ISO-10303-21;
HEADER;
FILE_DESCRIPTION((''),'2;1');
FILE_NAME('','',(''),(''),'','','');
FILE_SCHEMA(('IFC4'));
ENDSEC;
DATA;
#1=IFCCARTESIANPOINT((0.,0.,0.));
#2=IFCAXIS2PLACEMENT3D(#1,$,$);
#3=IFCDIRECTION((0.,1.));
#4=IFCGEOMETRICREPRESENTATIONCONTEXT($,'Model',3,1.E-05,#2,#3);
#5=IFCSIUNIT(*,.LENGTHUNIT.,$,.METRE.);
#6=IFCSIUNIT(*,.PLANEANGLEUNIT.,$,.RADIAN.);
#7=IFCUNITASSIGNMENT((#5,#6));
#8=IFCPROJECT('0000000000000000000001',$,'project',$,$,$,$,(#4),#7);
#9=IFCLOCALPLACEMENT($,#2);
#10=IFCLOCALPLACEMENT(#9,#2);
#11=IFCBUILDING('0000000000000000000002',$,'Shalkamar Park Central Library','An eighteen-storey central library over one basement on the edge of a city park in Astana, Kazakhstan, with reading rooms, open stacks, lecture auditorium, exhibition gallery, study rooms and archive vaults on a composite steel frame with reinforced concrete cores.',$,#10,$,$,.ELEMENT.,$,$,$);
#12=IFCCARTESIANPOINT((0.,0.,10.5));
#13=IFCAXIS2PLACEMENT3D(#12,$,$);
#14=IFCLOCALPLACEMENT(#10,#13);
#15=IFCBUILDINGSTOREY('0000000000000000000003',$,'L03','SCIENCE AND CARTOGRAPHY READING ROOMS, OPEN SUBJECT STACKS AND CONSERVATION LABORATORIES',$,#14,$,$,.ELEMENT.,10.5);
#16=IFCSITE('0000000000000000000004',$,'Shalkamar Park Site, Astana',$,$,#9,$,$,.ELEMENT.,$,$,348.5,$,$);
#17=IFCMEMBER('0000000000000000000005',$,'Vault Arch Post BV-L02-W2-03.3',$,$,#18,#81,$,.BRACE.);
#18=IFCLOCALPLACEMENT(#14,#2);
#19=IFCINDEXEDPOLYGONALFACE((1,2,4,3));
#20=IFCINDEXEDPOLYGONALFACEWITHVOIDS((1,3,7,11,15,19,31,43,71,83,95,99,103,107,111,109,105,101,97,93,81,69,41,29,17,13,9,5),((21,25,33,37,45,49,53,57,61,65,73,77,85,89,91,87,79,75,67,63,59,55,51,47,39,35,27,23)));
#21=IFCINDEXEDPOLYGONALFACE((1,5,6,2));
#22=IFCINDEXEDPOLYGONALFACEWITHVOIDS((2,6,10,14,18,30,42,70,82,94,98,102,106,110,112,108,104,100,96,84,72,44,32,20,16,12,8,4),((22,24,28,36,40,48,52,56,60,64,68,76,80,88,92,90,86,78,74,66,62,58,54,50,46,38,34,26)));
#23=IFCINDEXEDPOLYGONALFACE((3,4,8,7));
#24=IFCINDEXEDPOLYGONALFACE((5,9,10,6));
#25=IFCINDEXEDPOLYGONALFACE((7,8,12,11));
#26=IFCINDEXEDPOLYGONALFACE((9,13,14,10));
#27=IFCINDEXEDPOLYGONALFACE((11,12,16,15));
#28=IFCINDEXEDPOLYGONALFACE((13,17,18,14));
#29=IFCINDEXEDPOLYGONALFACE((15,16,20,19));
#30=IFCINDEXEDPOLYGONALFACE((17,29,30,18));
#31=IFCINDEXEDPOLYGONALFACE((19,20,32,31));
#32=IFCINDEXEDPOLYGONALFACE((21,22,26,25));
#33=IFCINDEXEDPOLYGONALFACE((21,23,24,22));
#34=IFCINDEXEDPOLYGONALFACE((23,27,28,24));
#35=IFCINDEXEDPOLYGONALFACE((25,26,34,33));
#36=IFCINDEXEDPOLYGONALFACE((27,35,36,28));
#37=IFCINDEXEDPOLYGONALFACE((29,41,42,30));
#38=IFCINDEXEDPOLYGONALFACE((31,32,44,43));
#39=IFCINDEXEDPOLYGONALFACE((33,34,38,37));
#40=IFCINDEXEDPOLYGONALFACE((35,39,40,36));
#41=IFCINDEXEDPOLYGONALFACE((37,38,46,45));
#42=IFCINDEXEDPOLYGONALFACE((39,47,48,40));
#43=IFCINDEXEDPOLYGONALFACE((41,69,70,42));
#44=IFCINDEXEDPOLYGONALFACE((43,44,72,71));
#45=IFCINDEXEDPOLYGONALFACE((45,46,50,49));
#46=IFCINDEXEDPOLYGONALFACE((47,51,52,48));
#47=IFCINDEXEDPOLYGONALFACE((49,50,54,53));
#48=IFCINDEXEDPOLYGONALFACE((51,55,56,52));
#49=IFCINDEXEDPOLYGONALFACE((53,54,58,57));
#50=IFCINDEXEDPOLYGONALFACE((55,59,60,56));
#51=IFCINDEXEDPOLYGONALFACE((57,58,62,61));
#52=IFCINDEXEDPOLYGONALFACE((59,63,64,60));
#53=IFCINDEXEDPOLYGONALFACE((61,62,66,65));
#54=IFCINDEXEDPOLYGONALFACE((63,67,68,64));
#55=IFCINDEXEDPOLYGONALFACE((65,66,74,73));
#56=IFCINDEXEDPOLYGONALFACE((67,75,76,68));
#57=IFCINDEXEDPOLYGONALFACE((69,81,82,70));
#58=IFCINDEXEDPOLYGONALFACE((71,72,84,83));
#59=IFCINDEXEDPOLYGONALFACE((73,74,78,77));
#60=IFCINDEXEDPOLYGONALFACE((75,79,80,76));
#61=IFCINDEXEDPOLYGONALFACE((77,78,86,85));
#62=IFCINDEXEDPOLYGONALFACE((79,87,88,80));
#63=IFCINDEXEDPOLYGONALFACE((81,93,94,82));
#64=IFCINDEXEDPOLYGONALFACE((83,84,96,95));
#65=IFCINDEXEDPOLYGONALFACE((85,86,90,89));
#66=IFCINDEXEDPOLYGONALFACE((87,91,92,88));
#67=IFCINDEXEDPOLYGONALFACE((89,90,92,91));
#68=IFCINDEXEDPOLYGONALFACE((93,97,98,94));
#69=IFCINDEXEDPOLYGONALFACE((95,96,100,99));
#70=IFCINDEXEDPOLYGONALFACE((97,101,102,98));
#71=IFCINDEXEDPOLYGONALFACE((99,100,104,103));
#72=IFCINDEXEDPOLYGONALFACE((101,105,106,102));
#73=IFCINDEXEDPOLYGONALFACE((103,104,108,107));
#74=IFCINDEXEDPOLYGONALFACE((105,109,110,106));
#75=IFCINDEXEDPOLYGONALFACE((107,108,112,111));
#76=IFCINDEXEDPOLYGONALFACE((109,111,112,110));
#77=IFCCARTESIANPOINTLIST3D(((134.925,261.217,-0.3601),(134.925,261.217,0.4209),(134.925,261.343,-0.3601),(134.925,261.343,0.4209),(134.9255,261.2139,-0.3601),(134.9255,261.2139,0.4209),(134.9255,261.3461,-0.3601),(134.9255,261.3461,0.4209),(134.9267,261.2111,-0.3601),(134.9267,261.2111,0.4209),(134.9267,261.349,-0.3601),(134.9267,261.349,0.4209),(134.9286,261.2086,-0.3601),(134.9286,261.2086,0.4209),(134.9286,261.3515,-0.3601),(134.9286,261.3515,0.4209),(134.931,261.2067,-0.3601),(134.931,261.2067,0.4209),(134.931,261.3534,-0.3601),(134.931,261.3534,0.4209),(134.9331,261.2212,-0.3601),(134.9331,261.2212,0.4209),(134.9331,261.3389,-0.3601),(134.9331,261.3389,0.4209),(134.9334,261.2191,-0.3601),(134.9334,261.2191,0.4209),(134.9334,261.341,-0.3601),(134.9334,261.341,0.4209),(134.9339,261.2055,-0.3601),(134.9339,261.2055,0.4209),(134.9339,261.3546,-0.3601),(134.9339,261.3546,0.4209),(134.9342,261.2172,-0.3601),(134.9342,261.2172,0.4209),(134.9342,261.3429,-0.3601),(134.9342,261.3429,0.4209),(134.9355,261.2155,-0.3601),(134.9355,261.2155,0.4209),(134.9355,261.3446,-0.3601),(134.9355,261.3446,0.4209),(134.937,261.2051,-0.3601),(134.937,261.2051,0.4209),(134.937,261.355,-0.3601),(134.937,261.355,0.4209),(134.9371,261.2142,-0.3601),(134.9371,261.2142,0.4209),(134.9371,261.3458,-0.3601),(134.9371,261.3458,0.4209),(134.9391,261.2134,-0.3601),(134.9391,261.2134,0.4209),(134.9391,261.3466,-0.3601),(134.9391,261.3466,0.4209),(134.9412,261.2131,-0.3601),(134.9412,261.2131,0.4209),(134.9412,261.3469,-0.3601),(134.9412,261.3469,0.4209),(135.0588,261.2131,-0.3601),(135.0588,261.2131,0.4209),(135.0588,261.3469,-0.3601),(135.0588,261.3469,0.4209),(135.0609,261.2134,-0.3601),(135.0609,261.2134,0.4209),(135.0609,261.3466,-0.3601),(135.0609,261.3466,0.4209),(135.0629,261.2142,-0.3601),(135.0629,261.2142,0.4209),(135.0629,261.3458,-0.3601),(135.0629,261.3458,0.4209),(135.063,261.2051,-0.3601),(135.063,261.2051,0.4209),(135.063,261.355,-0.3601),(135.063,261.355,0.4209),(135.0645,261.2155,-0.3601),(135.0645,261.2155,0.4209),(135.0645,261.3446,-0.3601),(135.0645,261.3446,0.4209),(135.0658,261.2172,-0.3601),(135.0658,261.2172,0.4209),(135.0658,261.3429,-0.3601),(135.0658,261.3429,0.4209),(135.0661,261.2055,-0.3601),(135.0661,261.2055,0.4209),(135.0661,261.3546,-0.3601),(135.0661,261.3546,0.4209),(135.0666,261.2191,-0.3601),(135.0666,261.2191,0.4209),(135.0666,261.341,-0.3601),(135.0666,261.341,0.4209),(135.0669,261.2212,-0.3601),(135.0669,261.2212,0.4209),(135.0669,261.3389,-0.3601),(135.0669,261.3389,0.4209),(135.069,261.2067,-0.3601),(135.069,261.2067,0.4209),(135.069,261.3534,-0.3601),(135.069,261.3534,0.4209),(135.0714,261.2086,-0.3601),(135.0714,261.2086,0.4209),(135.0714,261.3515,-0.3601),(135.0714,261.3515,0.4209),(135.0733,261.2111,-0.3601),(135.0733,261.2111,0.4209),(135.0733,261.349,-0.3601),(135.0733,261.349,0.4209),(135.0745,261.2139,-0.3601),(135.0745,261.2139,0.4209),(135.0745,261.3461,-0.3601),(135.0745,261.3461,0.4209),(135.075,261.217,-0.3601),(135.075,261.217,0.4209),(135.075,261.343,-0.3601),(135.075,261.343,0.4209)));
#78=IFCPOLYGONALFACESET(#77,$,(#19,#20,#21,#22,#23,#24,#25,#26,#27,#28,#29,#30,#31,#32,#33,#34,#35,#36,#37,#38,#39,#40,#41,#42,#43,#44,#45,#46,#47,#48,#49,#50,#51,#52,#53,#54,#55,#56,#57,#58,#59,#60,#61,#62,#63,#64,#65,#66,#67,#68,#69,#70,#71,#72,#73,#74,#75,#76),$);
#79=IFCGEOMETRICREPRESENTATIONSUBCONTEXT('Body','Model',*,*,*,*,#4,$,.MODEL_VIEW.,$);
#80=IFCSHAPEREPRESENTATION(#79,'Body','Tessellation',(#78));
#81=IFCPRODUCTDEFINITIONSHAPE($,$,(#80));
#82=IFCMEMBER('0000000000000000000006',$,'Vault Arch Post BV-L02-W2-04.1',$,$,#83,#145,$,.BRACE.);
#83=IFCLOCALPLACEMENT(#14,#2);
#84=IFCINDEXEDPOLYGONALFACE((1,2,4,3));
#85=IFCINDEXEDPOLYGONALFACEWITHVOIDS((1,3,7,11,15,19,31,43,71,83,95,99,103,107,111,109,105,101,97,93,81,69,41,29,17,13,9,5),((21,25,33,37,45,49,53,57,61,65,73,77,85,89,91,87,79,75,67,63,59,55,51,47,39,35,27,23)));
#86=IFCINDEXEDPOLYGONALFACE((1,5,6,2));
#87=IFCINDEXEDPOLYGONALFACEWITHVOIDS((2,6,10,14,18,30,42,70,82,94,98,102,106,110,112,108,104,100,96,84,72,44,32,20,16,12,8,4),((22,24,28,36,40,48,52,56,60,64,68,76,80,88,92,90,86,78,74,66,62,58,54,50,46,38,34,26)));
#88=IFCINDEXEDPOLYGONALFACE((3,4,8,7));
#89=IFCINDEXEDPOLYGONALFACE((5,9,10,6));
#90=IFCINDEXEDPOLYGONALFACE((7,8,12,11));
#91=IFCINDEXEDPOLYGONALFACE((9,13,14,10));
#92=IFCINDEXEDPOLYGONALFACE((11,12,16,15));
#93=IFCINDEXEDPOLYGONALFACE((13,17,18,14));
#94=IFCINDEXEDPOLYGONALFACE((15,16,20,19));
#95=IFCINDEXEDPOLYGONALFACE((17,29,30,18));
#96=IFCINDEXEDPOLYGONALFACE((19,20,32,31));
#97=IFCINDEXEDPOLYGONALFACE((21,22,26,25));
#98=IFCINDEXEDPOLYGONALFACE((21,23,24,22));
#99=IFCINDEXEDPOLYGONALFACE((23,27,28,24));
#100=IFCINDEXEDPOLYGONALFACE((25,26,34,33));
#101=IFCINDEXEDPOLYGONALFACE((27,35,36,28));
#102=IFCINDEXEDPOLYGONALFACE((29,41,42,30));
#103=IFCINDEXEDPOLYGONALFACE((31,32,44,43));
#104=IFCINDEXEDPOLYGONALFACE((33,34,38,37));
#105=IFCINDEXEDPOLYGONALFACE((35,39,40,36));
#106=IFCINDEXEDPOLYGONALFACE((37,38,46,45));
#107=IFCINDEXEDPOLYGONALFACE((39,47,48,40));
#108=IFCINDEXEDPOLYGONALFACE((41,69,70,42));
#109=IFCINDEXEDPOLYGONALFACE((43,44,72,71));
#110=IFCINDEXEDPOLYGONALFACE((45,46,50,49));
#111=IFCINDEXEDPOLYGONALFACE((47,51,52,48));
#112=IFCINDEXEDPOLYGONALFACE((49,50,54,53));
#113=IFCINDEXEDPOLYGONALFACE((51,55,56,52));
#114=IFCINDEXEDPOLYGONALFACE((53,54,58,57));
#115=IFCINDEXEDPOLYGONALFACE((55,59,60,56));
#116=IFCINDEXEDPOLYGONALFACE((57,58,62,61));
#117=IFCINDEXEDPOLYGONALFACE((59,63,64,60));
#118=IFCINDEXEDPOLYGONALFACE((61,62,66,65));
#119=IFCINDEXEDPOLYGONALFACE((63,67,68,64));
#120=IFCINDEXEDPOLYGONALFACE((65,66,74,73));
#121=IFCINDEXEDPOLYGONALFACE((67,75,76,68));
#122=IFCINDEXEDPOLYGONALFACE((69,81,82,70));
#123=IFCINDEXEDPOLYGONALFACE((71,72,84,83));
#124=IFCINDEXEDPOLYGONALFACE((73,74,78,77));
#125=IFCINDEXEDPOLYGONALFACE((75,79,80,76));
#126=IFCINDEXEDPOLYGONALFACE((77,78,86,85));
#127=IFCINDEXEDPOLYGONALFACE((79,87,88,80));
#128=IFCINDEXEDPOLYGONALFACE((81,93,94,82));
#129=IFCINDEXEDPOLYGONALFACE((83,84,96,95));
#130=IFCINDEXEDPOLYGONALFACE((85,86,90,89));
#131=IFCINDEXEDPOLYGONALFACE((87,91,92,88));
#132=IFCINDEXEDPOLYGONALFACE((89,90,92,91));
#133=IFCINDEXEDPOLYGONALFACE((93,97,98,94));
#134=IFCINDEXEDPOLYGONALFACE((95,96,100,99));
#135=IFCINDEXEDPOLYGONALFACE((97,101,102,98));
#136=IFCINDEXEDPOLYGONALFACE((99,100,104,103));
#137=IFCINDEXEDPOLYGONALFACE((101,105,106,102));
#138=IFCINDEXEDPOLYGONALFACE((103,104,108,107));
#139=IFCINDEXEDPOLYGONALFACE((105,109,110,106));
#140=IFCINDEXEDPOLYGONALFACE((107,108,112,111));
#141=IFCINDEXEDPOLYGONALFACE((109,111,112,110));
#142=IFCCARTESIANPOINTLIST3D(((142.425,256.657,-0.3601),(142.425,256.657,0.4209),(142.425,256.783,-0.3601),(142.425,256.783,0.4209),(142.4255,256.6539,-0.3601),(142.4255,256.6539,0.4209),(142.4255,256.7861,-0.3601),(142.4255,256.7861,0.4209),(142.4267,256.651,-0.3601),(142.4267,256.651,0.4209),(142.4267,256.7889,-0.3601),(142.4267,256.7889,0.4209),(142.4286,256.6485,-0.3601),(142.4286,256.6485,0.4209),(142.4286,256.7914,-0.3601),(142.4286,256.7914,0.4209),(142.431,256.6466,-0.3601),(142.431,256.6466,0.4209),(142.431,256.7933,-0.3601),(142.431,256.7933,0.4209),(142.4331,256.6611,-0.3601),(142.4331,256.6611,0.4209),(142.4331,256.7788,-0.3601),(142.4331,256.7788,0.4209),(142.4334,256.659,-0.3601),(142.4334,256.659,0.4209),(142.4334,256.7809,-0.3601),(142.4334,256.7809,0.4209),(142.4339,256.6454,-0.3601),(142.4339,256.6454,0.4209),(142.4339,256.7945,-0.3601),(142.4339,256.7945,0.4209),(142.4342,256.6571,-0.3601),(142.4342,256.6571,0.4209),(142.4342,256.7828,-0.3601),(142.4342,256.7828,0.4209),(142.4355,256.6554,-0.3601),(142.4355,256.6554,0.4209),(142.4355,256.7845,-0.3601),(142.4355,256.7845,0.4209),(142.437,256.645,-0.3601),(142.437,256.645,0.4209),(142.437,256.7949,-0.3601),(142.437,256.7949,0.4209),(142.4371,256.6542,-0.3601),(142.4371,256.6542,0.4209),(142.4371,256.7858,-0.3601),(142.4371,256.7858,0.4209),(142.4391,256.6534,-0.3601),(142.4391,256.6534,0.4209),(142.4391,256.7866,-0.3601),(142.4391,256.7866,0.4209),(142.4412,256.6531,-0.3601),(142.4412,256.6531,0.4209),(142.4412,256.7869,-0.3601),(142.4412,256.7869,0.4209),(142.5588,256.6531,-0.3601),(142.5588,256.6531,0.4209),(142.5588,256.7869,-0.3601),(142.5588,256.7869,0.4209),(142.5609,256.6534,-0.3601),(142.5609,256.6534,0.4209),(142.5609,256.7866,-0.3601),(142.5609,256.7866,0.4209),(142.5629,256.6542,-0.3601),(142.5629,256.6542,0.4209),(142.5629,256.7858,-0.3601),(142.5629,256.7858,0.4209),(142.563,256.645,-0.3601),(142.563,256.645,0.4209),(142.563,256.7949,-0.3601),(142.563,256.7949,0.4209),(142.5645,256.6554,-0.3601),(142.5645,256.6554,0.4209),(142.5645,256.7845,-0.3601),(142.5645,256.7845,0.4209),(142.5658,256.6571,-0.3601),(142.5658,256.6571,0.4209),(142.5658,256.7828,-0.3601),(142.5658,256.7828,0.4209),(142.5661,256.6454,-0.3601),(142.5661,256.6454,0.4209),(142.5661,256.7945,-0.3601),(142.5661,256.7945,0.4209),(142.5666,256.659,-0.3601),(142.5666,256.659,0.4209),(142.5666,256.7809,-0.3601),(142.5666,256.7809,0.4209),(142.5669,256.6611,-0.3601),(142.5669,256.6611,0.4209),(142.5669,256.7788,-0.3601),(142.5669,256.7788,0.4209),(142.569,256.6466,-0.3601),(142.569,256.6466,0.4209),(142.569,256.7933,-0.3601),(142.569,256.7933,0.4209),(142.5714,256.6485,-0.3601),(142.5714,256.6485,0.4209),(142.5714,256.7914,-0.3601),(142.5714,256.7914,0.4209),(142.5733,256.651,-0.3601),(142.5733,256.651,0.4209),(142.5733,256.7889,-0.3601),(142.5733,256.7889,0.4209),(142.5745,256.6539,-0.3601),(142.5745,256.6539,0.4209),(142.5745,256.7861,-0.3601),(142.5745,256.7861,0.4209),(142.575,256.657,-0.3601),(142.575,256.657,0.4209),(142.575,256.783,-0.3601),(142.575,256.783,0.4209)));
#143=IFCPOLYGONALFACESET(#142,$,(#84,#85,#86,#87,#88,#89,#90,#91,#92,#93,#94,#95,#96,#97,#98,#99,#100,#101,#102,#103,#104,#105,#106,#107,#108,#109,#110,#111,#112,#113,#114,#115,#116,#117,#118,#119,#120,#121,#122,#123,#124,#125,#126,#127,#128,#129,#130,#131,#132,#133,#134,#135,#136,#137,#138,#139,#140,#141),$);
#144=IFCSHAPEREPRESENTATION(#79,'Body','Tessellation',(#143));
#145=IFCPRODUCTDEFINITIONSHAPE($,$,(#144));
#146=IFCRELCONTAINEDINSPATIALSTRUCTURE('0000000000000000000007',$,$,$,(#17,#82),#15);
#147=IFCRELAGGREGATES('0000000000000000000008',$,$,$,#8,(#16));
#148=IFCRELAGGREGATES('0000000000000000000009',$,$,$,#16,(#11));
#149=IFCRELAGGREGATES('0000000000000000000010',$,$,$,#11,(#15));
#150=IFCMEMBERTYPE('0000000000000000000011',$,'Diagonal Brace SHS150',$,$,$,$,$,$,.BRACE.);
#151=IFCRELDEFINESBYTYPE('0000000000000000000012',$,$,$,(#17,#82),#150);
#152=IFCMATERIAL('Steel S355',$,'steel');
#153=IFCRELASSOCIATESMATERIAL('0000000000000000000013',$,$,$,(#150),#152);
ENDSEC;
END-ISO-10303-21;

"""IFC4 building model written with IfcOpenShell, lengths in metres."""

from ifc_helpers import new_model, si_unit, direction, frame, origin, origin_2d, place, context, subcontext, project, spatial, hollow_rectangle, extrude, material, material_profile, profile_set, type_object, element, save


model = new_model("IFC4")

# Units and contexts
model_context = context("Model", 3, precision=1e-05, world=origin(), true_north=direction((0.0, 1.0)))
body_context = subcontext(model_context, "Body", "Model", "MODEL_VIEW")
ifc_project = project(units=[si_unit("LENGTHUNIT", "METRE"), si_unit("PLANEANGLEUNIT", "RADIAN")], contexts=[model_context])

# Site, building, storey
site_placement = place(None, origin())
site = spatial("IfcSite", under=ifc_project, at=site_placement, Name="Shalkamar Park Site, Astana", CompositionType="ELEMENT", RefElevation=348.5)
building_placement = place(site_placement, origin())
building = spatial("IfcBuilding", under=site, at=building_placement, Name="Shalkamar Park Central Library", Description="An eighteen-storey central library over one basement on the edge of a city park in Astana, Kazakhstan, with reading rooms, open stacks, lecture auditorium, exhibition gallery, study rooms and archive vaults on a composite steel frame with reinforced concrete cores.", CompositionType="ELEMENT")
storey_placement = place(building_placement, frame((0.0, 0.0, 10.5)))
storey = spatial("IfcBuildingStorey", under=building, at=storey_placement, Name="L03", Description="SCIENCE AND CARTOGRAPHY READING ROOMS, OPEN SUBJECT STACKS AND CONSERVATION LABORATORIES", CompositionType="ELEMENT", Elevation=10.5)

# Members
ifc_material_1 = material(Name="Steel S355", Category="steel")
ifc_material_profile_1 = material_profile(ifc_material_1, hollow_rectangle(XDim=0.1499, YDim=0.1499, WallThickness=0.0081, InnerFilletRadius=0.0081, OuterFilletRadius=0.012, at=origin_2d()), Name="SHS 150x150x8")
ifc_profile_set_1 = profile_set([ifc_material_profile_1], Name="Steel S355")
member_type_1 = type_object("IfcMemberType", Name="Diagonal Brace SHS150", PredefinedType="BRACE", material=ifc_profile_set_1)
for number, where, z_axis, x_axis, name in (
    (1, (135.0, 261.28, -0.3601), (0.0, 0.0, 1.0), (1.0, 0.0, 0.0), "Vault Arch Post BV-L02-W2-03.3"),
    (2, (142.5, 256.72, -0.3601), (0.0, 0.0, 1.0), (1.0, 0.0, 0.0), "Vault Arch Post BV-L02-W2-04.1"),
):
    element("IfcMember", number, at=place(storey_placement, frame(where, z_axis=z_axis, x_axis=x_axis)), inside=storey, type_object=member_type_1, Name=name, PredefinedType="BRACE", context=body_context, shape_type="SweptSolid", body=[
        extrude(hollow_rectangle(XDim=0.1499, YDim=0.1499, WallThickness=0.0081, InnerFilletRadius=0.0081, OuterFilletRadius=0.012, at=origin_2d()), origin(), (0.0, 0.0, 1.0), 0.781),
    ])

save(model, "model.ifc")
